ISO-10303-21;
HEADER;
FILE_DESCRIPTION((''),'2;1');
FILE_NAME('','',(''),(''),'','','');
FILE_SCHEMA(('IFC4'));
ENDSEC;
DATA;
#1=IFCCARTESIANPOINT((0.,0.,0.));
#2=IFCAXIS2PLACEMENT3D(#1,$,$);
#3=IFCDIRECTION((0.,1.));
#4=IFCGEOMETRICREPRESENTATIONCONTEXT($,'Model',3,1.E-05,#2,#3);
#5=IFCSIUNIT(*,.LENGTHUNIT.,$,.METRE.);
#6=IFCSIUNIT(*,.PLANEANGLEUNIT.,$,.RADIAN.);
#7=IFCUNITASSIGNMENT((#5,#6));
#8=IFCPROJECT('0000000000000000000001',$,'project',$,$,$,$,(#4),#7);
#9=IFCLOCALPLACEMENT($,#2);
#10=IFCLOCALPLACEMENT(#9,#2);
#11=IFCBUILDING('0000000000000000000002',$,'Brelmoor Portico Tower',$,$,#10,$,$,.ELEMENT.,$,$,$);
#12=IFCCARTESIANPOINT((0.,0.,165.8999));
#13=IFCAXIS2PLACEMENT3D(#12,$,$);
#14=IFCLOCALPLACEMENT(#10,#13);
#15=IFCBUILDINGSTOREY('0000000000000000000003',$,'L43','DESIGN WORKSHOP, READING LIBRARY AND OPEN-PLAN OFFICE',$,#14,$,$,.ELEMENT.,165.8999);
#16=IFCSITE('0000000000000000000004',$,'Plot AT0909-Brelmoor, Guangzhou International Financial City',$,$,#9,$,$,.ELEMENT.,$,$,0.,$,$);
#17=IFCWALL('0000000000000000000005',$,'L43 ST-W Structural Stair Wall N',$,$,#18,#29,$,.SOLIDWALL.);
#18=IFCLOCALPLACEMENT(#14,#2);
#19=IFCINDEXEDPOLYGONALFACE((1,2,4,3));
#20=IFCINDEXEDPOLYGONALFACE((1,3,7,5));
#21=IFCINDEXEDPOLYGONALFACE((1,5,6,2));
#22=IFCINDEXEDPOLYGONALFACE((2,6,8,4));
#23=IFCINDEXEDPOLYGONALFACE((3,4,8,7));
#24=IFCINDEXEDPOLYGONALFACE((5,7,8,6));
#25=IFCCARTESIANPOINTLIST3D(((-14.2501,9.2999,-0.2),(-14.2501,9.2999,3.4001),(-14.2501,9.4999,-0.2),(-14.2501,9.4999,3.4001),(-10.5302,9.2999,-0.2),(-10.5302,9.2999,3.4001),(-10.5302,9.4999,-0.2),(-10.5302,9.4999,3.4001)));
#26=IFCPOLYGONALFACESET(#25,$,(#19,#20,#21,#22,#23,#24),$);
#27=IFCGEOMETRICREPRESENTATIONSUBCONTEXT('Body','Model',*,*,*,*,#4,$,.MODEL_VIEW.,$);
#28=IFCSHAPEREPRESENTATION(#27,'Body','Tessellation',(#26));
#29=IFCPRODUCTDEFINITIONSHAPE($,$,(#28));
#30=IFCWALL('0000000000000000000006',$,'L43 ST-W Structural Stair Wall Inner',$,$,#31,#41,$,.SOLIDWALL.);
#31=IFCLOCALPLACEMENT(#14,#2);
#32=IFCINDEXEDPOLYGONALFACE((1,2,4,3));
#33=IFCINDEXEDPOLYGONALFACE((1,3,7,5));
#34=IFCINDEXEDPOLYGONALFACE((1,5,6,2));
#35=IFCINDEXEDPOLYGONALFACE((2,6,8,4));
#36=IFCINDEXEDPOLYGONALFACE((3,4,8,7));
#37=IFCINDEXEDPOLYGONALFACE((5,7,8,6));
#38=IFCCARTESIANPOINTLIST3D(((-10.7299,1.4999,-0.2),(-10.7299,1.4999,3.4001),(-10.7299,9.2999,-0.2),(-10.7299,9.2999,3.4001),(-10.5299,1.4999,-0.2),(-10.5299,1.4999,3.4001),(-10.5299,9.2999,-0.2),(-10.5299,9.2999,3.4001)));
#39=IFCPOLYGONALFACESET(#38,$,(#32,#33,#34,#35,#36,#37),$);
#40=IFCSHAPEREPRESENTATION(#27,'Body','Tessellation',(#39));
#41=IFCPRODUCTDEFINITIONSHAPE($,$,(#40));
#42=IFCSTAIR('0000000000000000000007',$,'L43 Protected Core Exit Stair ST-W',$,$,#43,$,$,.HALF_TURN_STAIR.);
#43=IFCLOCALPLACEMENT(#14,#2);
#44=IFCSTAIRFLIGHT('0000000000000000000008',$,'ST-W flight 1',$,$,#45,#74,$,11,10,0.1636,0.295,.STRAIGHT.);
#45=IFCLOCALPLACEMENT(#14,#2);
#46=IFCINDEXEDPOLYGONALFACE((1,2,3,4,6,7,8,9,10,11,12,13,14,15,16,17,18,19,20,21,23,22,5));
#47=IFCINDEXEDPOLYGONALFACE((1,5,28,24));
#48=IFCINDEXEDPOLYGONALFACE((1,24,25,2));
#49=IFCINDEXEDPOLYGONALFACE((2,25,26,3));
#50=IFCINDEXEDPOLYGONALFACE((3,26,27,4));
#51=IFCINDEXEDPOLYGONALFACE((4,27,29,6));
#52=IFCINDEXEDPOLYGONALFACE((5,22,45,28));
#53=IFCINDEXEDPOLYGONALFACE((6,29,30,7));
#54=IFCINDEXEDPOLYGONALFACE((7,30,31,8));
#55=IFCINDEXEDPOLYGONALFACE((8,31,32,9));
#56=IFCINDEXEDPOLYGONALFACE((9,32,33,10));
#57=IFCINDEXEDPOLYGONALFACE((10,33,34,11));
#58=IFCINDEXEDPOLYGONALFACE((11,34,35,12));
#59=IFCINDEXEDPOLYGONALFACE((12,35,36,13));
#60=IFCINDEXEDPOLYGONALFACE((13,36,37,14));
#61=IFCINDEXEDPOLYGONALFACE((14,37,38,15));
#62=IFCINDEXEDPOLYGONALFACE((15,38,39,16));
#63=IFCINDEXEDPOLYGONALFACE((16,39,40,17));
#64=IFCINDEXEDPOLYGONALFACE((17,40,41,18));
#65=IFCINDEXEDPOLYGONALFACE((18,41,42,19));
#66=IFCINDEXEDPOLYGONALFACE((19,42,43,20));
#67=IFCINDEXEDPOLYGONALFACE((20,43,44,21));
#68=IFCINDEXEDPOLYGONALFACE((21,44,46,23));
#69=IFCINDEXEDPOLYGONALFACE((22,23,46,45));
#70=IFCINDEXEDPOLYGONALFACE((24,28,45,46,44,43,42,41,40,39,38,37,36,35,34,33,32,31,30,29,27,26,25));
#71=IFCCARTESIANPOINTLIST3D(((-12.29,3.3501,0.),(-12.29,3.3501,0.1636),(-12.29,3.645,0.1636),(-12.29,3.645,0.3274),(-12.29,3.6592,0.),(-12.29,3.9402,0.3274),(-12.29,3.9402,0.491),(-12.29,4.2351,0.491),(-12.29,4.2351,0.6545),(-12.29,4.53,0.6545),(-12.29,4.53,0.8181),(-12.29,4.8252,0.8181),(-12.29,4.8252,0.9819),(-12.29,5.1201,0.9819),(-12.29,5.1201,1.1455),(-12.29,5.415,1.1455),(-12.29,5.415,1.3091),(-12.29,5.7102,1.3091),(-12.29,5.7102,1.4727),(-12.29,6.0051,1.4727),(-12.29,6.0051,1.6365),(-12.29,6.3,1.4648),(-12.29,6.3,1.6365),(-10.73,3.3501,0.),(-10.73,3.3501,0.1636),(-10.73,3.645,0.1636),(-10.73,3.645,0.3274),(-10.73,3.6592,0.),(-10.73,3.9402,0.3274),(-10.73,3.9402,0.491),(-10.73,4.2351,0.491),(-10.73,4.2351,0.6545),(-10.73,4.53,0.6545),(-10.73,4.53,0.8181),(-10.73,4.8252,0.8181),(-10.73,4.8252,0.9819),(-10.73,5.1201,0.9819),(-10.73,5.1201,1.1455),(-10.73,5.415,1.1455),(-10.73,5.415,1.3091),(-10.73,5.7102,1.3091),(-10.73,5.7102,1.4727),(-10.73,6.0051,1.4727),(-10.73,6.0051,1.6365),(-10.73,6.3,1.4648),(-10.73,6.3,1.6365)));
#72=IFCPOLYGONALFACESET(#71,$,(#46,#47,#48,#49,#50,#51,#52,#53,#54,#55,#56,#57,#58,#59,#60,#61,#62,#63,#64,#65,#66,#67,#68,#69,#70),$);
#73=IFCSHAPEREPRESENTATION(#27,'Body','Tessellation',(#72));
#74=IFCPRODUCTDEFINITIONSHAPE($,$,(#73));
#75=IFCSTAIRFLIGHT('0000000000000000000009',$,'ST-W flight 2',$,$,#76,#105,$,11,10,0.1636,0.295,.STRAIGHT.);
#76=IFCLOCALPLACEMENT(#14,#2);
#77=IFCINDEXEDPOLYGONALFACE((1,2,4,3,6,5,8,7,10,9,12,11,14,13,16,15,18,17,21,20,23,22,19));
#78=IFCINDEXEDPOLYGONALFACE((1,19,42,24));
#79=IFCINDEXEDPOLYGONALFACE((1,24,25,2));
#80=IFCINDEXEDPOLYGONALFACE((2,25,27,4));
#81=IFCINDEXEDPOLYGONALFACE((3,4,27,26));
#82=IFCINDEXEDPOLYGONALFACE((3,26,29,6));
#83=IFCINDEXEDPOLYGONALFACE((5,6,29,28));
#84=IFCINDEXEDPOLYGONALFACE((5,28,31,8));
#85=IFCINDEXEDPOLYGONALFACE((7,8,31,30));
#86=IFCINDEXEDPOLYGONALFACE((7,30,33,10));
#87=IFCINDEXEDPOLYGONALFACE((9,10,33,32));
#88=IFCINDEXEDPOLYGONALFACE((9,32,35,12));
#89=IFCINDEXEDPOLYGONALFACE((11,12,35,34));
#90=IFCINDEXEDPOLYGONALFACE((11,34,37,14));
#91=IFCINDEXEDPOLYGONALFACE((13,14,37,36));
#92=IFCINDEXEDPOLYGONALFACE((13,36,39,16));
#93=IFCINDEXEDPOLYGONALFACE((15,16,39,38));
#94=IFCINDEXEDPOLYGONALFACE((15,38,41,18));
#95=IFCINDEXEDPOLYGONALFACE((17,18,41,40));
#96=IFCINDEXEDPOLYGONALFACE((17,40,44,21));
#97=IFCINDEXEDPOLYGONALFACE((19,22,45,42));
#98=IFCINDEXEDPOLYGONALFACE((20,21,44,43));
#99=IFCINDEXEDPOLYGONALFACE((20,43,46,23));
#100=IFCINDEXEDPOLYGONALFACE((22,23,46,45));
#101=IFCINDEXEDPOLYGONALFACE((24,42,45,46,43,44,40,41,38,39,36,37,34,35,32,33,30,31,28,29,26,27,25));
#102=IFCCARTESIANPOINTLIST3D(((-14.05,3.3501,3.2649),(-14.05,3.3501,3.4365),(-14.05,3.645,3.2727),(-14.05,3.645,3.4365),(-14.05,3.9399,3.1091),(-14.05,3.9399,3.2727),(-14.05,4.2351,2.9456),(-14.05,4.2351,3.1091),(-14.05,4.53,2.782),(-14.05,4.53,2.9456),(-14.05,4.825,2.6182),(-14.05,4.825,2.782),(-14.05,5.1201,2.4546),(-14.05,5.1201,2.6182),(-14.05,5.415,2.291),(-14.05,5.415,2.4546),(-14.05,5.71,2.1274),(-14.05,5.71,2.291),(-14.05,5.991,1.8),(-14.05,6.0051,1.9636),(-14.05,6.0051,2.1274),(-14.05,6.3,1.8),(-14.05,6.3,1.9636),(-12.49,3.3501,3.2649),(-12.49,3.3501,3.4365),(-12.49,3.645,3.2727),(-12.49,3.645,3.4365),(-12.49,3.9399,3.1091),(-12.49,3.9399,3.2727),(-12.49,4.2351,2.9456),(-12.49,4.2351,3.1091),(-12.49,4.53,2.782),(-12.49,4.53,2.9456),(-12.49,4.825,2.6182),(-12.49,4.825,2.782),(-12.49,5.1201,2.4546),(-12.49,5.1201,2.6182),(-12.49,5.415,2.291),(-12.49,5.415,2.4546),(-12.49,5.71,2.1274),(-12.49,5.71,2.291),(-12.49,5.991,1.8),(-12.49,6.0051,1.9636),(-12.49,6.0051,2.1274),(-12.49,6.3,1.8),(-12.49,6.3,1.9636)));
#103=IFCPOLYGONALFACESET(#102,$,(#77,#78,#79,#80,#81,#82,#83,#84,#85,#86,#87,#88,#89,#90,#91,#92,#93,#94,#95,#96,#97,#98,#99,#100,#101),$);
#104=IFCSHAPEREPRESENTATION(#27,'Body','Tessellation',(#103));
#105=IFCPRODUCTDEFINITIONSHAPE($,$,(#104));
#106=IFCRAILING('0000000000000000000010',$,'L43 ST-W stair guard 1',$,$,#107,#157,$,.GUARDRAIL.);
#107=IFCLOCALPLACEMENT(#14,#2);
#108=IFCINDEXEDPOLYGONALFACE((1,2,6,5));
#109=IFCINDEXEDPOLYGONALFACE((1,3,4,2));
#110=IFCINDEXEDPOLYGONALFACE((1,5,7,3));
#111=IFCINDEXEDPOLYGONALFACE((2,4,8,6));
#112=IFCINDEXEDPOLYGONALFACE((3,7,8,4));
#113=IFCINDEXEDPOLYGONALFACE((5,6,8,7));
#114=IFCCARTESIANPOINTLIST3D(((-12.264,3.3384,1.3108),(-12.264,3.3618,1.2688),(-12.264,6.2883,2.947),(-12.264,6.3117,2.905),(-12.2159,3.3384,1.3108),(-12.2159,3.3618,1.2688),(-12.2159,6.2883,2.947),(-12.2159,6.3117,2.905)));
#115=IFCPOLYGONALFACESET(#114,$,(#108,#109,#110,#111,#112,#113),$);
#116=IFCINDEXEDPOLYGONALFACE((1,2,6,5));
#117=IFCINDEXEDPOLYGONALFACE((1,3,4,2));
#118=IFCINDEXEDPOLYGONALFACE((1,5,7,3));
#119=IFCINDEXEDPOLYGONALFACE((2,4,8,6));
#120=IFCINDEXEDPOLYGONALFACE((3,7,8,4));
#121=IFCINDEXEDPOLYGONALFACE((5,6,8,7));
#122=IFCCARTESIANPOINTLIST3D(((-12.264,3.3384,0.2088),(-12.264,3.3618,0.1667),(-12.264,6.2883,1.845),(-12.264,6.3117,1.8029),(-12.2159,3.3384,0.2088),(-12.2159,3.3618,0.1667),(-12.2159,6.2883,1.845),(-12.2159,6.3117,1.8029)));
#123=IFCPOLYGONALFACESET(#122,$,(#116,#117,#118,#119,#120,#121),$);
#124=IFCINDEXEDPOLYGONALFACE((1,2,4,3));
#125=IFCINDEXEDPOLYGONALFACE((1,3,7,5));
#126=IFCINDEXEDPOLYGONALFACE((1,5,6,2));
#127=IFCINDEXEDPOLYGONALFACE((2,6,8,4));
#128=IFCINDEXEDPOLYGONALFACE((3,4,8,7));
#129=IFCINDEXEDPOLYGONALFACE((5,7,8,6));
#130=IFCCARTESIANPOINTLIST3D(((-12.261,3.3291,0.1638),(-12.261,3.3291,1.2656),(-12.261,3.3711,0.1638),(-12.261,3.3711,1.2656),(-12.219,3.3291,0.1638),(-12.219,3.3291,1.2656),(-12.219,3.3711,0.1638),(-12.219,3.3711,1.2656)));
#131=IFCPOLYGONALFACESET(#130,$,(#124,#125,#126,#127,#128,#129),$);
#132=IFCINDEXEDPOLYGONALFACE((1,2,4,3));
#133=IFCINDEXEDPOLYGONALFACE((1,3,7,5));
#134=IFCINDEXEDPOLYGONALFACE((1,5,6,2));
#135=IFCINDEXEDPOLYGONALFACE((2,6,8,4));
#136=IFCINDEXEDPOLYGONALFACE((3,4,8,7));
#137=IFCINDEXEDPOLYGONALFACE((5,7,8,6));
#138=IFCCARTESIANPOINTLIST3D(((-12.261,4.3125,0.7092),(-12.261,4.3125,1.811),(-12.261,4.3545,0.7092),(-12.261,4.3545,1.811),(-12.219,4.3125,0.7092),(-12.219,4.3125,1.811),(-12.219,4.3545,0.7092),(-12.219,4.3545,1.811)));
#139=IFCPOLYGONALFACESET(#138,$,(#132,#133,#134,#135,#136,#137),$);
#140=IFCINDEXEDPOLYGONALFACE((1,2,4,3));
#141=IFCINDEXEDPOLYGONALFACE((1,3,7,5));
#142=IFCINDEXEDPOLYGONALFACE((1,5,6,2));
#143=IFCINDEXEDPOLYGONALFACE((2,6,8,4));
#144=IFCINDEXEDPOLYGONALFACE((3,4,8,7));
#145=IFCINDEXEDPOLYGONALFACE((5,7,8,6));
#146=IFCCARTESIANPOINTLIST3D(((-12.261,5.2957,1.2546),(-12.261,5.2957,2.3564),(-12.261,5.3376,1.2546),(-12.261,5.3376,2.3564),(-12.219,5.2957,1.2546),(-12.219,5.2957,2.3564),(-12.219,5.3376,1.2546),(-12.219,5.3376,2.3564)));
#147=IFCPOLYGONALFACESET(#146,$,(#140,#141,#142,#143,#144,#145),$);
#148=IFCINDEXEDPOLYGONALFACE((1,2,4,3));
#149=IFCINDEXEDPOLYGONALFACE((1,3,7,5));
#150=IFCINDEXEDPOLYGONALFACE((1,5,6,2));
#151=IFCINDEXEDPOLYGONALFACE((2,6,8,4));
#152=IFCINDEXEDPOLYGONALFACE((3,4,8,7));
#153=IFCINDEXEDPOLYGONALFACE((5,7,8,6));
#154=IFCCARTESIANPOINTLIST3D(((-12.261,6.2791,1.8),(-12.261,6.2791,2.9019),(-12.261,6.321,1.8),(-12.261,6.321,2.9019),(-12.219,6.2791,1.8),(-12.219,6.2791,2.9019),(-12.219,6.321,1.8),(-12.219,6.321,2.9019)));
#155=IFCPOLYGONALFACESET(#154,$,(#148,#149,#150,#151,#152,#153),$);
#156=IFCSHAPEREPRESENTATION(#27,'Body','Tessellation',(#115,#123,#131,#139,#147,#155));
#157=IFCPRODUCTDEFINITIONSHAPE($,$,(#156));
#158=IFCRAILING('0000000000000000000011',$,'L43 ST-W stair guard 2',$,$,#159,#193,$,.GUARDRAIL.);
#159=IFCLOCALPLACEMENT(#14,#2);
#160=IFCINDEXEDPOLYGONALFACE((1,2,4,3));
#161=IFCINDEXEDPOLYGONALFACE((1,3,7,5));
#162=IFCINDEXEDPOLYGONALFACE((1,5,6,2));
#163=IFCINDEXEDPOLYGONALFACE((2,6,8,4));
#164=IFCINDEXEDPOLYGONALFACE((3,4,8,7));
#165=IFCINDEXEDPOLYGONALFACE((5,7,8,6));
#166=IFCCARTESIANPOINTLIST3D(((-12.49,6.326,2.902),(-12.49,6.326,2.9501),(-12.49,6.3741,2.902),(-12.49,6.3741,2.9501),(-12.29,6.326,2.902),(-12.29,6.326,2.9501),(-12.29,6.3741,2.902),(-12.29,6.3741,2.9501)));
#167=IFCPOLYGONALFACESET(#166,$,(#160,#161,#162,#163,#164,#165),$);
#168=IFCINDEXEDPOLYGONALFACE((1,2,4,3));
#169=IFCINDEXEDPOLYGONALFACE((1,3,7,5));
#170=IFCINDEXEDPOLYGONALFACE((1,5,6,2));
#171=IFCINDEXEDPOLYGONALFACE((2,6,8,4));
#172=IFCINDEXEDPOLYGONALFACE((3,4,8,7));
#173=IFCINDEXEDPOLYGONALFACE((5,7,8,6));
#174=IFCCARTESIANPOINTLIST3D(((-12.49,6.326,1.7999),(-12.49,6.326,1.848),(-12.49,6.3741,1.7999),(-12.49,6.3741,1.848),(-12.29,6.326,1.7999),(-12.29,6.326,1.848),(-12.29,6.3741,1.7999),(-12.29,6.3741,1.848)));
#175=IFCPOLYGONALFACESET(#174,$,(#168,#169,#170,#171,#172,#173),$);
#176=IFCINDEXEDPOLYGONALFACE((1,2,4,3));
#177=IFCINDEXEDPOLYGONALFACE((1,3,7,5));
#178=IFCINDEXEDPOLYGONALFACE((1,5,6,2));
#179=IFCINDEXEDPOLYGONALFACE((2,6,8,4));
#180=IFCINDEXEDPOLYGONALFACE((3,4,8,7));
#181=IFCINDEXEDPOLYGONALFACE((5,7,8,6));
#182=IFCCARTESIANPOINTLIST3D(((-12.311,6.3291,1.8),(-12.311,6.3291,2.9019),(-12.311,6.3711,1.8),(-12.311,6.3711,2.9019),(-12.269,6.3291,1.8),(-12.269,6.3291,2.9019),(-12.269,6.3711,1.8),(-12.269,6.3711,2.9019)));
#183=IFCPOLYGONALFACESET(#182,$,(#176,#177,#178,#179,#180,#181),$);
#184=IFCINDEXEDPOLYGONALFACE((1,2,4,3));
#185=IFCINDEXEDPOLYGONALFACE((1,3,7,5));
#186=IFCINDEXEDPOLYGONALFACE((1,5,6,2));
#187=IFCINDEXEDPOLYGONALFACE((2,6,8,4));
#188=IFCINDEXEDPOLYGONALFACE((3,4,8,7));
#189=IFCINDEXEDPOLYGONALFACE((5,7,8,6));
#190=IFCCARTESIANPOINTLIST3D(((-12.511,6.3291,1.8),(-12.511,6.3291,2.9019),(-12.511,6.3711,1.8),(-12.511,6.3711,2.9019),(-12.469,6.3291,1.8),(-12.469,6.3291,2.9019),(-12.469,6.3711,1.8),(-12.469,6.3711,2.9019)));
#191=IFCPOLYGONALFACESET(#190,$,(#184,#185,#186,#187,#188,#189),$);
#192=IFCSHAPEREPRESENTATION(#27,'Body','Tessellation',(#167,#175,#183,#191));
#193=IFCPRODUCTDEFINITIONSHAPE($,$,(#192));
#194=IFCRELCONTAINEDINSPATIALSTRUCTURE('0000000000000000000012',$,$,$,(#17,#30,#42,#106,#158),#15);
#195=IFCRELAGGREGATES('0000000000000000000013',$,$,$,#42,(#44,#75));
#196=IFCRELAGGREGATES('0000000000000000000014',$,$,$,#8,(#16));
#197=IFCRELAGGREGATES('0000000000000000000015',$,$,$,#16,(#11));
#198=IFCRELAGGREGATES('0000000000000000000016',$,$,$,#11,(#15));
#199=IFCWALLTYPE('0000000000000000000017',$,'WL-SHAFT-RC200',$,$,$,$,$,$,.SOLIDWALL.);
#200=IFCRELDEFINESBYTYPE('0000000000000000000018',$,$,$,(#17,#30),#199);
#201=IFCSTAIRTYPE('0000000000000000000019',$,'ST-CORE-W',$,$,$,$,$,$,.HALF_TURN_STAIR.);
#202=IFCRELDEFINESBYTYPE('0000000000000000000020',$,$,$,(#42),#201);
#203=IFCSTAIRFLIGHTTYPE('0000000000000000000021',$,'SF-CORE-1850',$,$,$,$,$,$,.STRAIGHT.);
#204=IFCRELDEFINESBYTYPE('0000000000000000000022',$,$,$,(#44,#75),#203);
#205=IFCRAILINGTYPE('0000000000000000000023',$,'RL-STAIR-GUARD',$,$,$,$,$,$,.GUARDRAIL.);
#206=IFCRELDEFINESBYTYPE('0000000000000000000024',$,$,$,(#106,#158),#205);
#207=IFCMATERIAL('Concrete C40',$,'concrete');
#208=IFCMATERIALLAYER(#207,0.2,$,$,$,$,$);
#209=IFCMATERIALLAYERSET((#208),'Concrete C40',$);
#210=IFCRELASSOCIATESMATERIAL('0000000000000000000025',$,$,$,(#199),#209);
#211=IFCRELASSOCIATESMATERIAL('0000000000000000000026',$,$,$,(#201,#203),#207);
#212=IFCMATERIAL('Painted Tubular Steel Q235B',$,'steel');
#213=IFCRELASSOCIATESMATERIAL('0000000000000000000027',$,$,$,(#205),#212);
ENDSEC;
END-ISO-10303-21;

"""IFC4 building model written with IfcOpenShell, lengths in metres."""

from ifc_helpers import new_model, si_unit, direction, frame, frame_2d, origin, origin_2d, place, context, subcontext, project, spatial, polyline, rectangle, outline, extrude, material, layer, layer_set, type_object, element, aggregate, save


model = new_model("IFC4")

# Units and contexts
model_context = context("Model", 3, precision=1e-05, world=origin(), true_north=direction((0.0, 1.0)))
body_context = subcontext(model_context, "Body", "Model", "MODEL_VIEW")
ifc_project = project(units=[si_unit("LENGTHUNIT", "METRE"), si_unit("PLANEANGLEUNIT", "RADIAN")], contexts=[model_context])

# Site, building, storey
site_placement = place(None, origin())
site = spatial("IfcSite", under=ifc_project, at=site_placement, Name="Plot AT0909-Brelmoor, Guangzhou International Financial City", CompositionType="ELEMENT", RefElevation=0.0)
building_placement = place(site_placement, origin())
building = spatial("IfcBuilding", under=site, at=building_placement, Name="Brelmoor Portico Tower", CompositionType="ELEMENT")
storey_placement = place(building_placement, frame((0.0, 0.0, 165.8999)))
storey = spatial("IfcBuildingStorey", under=building, at=storey_placement, Name="L43", Description="DESIGN WORKSHOP, READING LIBRARY AND OPEN-PLAN OFFICE", CompositionType="ELEMENT", Elevation=165.8999)

# Shared definitions
ifc_material_1 = material(Name="Concrete C40", Category="concrete")
ifc_layer_1 = layer(ifc_material_1, 0.2)
ifc_layer_set_1 = layer_set([ifc_layer_1], Name="Concrete C40")
wall_type_1 = type_object("IfcWallType", Name="WL-SHAFT-RC200", PredefinedType="SOLIDWALL", material=ifc_layer_set_1)

# Walls
wall_1_placement = place(storey_placement, frame((-14.25, 9.3999, -0.2), z_axis=(0.0, 0.0, 1.0), x_axis=(1.0, 0.0, 0.0)))
element("IfcWall", 1, at=wall_1_placement, inside=storey, type_object=wall_type_1, Name="L43 ST-W Structural Stair Wall N", PredefinedType="SOLIDWALL", context=body_context, shape_type="SweptSolid", body=[
    extrude(rectangle(XDim=3.72, YDim=0.2, at=frame_2d((1.8599, 0.0))), origin(), (0.0, 0.0, 1.0), 3.6001),
])
wall_2_placement = place(storey_placement, frame((-10.6299, 1.5, -0.2), z_axis=(0.0, 0.0, 1.0), x_axis=(0.0, 1.0, 0.0)))
element("IfcWall", 2, at=wall_2_placement, inside=storey, type_object=wall_type_1, Name="L43 ST-W Structural Stair Wall Inner", PredefinedType="SOLIDWALL", context=body_context, shape_type="SweptSolid", body=[
    extrude(rectangle(XDim=7.8, YDim=0.2, at=frame_2d((3.8999, 0.0))), origin(), (0.0, 0.0, 1.0), 3.6001),
])

# Stair, stair flights
stair_type = type_object("IfcStairType", Name="ST-CORE-W", PredefinedType="HALF_TURN_STAIR", material=ifc_material_1)
stair_placement = place(storey_placement, origin())
stair = element("IfcStair", 3, at=stair_placement, inside=storey, type_object=stair_type, Name="L43 Protected Core Exit Stair ST-W", PredefinedType="HALF_TURN_STAIR")
stair_flight_type = type_object("IfcStairFlightType", Name="SF-CORE-1850", PredefinedType="STRAIGHT", material=ifc_material_1)
stair_flight_1_placement = place(storey_placement, frame((-11.51, 3.3501, 0.0), z_axis=(0.0, 0.0, 1.0), x_axis=(0.0, 1.0, 0.0)))
stair_flight_1 = element("IfcStairFlight", 4, at=stair_flight_1_placement, type_object=stair_flight_type, Name="ST-W flight 1", NumberOfRisers=11, NumberOfTreads=10, PredefinedType="STRAIGHT", RiserHeight=0.1636, TreadLength=0.295, context=body_context, shape_type="SweptSolid", body=[
    extrude(outline(polyline([(0.0, 0.0), (0.0, 0.1636), (0.2949, 0.1636), (0.2949, 0.3274), (0.5901, 0.3274), (0.5901, 0.491), (0.885, 0.491), (0.885, 0.6545), (1.1799, 0.6545), (1.1799, 0.8181), (1.4751, 0.8181), (1.4751, 0.9819), (1.77, 0.9819), (1.77, 1.1455), (2.0649, 1.1455), (2.0649, 1.3091), (2.3601, 1.3091), (2.3601, 1.4727), (2.655, 1.4727), (2.655, 1.6365), (2.95, 1.6365), (2.95, 1.8), (2.95, 1.4648), (0.3091, 0.0), (0.0, 0.0)])), frame((0.0, 0.78, 0.0), z_axis=(0.0, -1.0, 0.0), x_axis=(1.0, 0.0, 0.0)), (0.0, 0.0, 1.0), 1.5601),
])
stair_flight_2_placement = place(storey_placement, frame((-13.27, 6.3, 1.8), z_axis=(0.0, 0.0, 1.0), x_axis=(0.0, -1.0, 0.0)))
stair_flight_2 = element("IfcStairFlight", 5, at=stair_flight_2_placement, type_object=stair_flight_type, Name="ST-W flight 2", NumberOfRisers=11, NumberOfTreads=10, PredefinedType="STRAIGHT", RiserHeight=0.1636, TreadLength=0.295, context=body_context, shape_type="SweptSolid", body=[
    extrude(outline(polyline([(0.0, 0.0), (0.0, 0.1636), (0.2949, 0.1636), (0.2949, 0.3274), (0.5901, 0.3274), (0.5901, 0.491), (0.885, 0.491), (0.885, 0.6545), (1.1799, 0.6545), (1.1799, 0.8181), (1.4751, 0.8181), (1.4751, 0.9819), (1.77, 0.9819), (1.77, 1.1455), (2.0649, 1.1455), (2.0649, 1.3091), (2.3601, 1.3091), (2.3601, 1.4727), (2.655, 1.4727), (2.655, 1.6365), (2.95, 1.6365), (2.95, 1.8), (2.95, 1.4648), (0.3091, 0.0), (0.0, 0.0)])), frame((0.0, 0.78, 0.0), z_axis=(0.0, -1.0, 0.0), x_axis=(1.0, 0.0, 0.0)), (0.0, 0.0, 1.0), 1.5601),
])
aggregate(stair, [stair_flight_1, stair_flight_2])

# Railings
ifc_material_2 = material(Name="Painted Tubular Steel Q235B", Category="steel")
railing_type_1 = type_object("IfcRailingType", Name="RL-STAIR-GUARD", PredefinedType="GUARDRAIL", material=ifc_material_2)
railing_1_placement = place(storey_placement, frame((-12.24, 3.3501, 0.1638)))
element("IfcRailing", 6, at=railing_1_placement, inside=storey, type_object=railing_type_1, Name="L43 ST-W stair guard 1", PredefinedType="GUARDRAIL", context=body_context, shape_type="SweptSolid", body=[
    extrude(rectangle(XDim=0.0481, YDim=0.0481, at=origin_2d()), frame((0.0, 0.0, 1.126), z_axis=(0.0, 0.874488, 0.485047), x_axis=(-1.0, 0.0, 0.0)), (0.0, 0.0, 1.0), 3.3733),
    extrude(rectangle(XDim=0.0481, YDim=0.0481, at=origin_2d()), frame((0.0, 0.0, 0.0239), z_axis=(0.0, 0.874488, 0.485047), x_axis=(-1.0, 0.0, 0.0)), (0.0, 0.0, 1.0), 3.3733),
    extrude(rectangle(XDim=0.042, YDim=0.042, at=origin_2d()), origin(), (0.0, 0.0, 1.0), 1.1018),
    extrude(rectangle(XDim=0.042, YDim=0.042, at=origin_2d()), frame((0.0, 0.9834, 0.5454)), (0.0, 0.0, 1.0), 1.1018),
    extrude(rectangle(XDim=0.042, YDim=0.042, at=origin_2d()), frame((0.0, 1.9666, 1.0908)), (0.0, 0.0, 1.0), 1.1018),
    extrude(rectangle(XDim=0.042, YDim=0.042, at=origin_2d()), frame((0.0, 2.95, 1.6362)), (0.0, 0.0, 1.0), 1.1018),
])
railing_2_placement = place(storey_placement, frame((-12.29, 6.3501, 1.8)))
element("IfcRailing", 7, at=railing_2_placement, inside=storey, type_object=railing_type_1, Name="L43 ST-W stair guard 2", PredefinedType="GUARDRAIL", context=body_context, shape_type="SweptSolid", body=[
    extrude(rectangle(XDim=0.0481, YDim=0.0481, at=origin_2d()), frame((0.0, 0.0, 1.126), z_axis=(-1.0, 0.0, 0.0), x_axis=(0.0, -1.0, 0.0)), (0.0, 0.0, 1.0), 0.2),
    extrude(rectangle(XDim=0.0481, YDim=0.0481, at=origin_2d()), frame((0.0, 0.0, 0.0239), z_axis=(-1.0, 0.0, 0.0), x_axis=(0.0, -1.0, 0.0)), (0.0, 0.0, 1.0), 0.2),
    extrude(rectangle(XDim=0.042, YDim=0.042, at=origin_2d()), origin(), (0.0, 0.0, 1.0), 1.1018),
    extrude(rectangle(XDim=0.042, YDim=0.042, at=origin_2d()), frame((-0.2, 0.0, 0.0)), (0.0, 0.0, 1.0), 1.1018),
])

save(model, "model.ifc")
